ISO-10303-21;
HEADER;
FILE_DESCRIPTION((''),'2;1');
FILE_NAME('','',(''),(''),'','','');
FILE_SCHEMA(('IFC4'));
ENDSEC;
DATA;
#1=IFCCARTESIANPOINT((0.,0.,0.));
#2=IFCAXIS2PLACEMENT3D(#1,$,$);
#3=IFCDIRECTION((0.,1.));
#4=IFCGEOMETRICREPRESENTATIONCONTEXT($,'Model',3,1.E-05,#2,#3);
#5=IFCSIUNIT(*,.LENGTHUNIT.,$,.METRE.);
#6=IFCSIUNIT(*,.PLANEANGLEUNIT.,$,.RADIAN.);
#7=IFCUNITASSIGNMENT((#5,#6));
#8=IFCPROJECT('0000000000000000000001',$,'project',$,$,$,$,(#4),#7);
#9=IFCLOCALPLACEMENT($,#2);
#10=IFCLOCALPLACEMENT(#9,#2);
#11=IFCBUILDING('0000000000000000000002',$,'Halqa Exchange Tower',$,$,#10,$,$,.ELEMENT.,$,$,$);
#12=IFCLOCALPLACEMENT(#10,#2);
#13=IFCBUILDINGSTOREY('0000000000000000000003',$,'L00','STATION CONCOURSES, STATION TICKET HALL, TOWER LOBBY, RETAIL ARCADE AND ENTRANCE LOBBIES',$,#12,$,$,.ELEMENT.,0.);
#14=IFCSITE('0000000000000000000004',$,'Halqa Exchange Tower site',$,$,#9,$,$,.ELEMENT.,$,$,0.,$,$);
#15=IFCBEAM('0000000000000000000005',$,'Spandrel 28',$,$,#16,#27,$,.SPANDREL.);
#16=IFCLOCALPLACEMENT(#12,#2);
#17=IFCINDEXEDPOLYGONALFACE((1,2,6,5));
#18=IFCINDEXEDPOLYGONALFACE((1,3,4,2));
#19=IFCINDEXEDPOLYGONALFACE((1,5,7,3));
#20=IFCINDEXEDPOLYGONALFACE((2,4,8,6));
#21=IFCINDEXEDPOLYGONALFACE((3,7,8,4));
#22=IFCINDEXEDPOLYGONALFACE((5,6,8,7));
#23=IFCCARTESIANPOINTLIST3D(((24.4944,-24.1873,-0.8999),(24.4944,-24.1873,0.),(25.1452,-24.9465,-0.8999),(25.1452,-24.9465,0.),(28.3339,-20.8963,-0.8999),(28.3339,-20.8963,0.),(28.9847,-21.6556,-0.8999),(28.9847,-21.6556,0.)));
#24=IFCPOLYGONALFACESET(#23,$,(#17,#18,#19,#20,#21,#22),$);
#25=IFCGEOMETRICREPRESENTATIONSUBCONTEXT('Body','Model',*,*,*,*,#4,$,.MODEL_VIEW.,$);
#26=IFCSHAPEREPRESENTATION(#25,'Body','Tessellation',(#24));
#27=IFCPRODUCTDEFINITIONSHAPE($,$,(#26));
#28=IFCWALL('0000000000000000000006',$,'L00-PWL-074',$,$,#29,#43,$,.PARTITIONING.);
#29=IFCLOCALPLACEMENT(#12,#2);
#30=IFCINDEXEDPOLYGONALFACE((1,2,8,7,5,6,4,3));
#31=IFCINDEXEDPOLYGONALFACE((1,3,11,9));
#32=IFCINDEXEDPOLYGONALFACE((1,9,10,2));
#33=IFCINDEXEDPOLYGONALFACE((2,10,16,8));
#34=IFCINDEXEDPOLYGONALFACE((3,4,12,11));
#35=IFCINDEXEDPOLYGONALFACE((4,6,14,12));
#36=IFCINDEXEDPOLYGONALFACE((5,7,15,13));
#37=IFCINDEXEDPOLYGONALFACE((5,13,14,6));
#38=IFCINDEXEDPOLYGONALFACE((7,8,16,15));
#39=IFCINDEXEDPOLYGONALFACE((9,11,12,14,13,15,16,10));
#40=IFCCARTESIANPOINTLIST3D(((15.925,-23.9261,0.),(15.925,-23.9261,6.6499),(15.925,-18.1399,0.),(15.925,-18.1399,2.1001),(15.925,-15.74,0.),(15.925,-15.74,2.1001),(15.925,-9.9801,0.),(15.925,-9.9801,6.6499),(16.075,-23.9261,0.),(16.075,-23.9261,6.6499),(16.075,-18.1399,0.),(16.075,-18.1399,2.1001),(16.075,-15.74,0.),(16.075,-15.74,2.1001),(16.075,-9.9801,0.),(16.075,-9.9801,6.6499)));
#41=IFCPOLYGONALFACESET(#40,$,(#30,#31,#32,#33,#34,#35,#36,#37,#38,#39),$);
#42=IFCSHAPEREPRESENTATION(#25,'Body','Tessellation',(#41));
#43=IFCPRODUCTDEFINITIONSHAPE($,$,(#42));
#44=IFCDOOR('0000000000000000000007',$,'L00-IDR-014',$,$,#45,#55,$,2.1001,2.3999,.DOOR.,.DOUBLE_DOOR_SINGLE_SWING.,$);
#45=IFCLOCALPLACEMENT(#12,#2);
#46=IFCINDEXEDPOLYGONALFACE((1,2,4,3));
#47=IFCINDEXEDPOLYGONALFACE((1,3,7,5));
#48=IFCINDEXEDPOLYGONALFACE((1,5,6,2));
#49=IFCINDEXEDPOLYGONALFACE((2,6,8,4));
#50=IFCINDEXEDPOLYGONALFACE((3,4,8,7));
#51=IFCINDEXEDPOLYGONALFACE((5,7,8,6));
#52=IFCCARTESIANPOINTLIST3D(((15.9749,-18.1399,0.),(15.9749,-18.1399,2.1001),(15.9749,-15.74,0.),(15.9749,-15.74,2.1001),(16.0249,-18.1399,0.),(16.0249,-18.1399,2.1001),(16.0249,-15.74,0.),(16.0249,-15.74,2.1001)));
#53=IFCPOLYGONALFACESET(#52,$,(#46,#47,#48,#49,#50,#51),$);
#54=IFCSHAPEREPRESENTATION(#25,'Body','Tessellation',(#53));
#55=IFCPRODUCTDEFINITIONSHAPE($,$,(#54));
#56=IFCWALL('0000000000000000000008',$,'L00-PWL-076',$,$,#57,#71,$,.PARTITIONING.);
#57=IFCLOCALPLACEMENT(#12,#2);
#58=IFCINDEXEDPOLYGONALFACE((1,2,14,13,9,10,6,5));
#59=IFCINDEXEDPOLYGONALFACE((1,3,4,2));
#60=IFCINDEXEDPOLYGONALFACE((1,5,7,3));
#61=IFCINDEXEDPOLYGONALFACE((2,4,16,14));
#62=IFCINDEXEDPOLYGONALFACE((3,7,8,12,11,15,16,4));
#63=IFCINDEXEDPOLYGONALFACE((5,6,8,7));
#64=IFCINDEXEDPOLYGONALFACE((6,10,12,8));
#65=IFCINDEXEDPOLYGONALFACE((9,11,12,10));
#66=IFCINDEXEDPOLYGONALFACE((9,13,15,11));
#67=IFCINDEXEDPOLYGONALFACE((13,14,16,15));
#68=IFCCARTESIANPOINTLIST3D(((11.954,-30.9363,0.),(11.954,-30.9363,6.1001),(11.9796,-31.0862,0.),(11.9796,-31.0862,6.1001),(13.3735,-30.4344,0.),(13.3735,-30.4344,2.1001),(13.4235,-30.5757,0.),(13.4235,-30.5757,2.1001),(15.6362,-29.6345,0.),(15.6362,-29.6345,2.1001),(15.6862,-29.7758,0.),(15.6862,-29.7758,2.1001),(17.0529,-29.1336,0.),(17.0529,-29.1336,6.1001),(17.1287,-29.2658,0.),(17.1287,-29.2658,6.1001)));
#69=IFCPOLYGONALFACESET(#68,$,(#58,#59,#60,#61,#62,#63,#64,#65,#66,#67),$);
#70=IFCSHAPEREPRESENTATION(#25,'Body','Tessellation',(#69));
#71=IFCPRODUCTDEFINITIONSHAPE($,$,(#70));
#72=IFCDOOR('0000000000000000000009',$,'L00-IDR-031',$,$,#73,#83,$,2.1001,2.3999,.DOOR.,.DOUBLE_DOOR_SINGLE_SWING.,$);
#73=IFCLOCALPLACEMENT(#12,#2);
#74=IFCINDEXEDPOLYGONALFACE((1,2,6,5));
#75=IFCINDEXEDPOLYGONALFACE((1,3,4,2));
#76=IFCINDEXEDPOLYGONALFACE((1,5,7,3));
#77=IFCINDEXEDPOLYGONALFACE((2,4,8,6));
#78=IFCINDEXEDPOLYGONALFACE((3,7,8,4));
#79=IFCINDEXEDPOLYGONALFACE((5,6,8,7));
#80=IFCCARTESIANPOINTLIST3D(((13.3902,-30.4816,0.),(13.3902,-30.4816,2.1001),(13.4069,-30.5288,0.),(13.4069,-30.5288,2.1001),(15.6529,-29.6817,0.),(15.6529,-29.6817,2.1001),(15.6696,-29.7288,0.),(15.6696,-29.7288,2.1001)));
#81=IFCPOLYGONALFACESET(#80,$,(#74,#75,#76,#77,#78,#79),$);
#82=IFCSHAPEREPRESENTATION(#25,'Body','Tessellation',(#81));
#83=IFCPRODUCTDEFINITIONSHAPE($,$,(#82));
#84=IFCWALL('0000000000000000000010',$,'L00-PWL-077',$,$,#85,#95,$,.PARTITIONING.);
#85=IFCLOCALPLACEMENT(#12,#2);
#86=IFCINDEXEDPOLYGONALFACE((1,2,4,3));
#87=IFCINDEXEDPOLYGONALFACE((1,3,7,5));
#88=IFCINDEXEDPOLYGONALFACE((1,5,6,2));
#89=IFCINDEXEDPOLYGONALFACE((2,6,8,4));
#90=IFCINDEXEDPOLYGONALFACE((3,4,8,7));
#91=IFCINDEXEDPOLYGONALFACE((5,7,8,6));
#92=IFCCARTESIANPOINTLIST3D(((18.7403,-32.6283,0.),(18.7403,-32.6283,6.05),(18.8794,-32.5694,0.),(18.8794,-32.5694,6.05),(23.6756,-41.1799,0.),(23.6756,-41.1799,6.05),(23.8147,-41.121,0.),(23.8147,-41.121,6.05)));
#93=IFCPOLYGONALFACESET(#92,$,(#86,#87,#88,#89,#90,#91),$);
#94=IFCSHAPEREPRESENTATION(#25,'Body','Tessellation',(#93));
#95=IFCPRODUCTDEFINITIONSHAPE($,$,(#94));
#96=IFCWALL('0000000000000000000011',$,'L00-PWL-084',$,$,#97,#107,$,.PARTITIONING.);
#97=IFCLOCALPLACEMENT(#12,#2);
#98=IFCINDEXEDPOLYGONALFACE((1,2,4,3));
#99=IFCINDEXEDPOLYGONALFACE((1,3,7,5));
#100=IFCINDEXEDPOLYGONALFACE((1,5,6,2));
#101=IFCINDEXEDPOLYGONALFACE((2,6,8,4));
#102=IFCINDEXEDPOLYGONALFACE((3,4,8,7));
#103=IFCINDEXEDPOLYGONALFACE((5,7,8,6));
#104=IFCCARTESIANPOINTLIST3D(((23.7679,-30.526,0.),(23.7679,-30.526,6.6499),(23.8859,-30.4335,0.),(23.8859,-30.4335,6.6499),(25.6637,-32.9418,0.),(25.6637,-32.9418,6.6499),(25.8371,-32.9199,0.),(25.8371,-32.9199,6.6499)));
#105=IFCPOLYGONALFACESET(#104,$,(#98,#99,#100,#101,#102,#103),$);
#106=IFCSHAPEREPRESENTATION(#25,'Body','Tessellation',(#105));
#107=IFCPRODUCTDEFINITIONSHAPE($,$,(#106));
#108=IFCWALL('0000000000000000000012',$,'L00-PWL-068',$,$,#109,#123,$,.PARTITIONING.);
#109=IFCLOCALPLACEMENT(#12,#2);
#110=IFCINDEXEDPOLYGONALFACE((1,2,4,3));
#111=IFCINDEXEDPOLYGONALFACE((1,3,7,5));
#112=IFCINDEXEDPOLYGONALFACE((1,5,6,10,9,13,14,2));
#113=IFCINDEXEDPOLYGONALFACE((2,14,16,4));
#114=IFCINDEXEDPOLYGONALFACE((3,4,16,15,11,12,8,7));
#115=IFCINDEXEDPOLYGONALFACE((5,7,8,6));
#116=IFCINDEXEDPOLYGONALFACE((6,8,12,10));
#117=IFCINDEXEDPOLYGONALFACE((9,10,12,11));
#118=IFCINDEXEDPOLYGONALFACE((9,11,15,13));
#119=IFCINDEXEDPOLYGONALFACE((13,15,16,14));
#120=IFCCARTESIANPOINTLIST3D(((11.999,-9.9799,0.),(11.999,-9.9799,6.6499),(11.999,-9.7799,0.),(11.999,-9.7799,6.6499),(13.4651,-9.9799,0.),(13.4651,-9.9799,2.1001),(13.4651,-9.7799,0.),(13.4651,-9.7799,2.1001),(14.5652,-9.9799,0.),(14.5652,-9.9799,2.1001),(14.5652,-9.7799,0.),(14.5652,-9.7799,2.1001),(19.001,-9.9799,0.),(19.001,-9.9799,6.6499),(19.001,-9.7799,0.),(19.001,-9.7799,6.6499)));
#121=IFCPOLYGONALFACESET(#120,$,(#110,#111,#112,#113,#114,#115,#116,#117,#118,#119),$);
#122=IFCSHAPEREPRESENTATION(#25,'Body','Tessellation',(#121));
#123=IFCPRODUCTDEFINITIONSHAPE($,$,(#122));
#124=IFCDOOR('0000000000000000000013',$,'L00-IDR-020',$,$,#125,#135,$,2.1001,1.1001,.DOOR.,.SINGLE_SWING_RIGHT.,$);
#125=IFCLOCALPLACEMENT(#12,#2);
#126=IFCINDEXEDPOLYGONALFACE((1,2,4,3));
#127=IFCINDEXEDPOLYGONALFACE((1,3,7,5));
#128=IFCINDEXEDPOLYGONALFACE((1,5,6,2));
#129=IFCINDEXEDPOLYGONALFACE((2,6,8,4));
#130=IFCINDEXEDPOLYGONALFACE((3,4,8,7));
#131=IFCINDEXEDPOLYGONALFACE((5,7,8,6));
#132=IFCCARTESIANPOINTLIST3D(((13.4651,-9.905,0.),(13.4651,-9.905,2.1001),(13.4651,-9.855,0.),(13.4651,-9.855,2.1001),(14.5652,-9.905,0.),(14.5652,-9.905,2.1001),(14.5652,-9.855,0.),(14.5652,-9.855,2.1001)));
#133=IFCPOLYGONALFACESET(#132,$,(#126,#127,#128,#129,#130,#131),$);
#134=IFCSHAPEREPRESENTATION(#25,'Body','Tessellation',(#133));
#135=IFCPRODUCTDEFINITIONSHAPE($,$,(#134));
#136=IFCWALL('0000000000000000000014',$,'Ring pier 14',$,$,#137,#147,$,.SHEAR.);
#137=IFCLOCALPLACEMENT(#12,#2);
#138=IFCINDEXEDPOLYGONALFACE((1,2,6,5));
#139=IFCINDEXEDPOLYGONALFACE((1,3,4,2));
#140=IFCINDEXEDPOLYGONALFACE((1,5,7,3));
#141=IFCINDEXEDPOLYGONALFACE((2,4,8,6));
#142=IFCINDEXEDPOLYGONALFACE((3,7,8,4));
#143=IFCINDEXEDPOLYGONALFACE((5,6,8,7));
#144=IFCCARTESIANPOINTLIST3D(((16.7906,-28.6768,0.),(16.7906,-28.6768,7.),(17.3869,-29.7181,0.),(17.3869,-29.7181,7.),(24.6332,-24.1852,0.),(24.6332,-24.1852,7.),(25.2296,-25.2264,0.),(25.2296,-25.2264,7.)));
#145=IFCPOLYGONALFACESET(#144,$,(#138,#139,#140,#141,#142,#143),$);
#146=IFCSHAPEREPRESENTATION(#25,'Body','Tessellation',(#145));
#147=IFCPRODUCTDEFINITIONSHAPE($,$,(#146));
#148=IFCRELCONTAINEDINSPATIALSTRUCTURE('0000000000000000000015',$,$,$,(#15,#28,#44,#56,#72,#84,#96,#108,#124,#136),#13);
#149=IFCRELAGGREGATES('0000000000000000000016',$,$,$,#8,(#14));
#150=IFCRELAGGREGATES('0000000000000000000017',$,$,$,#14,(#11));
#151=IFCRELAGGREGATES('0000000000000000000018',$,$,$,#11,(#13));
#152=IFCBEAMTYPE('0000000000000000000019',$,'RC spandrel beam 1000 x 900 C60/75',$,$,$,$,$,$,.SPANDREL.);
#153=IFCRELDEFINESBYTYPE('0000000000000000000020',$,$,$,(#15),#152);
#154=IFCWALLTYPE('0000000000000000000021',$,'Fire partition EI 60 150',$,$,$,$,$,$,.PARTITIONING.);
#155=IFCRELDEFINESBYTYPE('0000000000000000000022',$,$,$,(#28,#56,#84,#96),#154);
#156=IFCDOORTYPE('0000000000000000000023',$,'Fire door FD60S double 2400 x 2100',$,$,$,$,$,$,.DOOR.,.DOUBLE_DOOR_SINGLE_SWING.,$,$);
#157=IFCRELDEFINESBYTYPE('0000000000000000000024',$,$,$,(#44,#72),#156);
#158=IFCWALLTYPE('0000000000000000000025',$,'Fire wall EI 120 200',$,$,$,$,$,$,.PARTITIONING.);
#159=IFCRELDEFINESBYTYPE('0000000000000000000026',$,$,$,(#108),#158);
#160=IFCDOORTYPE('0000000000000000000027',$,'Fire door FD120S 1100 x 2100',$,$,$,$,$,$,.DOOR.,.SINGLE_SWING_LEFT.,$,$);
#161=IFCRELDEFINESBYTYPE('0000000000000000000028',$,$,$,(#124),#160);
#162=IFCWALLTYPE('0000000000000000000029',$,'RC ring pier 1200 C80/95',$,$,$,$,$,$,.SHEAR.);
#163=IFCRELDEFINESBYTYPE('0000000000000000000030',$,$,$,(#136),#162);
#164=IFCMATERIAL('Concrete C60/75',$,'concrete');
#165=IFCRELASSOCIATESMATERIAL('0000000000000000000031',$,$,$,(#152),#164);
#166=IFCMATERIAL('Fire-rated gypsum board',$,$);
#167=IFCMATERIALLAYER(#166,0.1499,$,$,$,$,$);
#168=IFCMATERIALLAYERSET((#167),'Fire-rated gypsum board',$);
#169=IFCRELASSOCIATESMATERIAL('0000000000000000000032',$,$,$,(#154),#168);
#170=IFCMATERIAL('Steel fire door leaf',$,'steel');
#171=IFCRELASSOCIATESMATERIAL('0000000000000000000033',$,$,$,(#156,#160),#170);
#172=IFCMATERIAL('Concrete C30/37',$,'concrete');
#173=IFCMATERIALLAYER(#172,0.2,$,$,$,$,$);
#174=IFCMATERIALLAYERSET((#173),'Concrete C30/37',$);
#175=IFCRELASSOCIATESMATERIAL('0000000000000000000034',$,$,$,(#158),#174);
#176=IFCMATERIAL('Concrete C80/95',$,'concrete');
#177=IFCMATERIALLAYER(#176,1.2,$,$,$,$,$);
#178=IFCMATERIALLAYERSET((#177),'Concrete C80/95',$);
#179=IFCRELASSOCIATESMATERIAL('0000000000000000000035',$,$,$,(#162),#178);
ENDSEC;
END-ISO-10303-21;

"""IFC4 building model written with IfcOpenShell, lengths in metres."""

from ifc_helpers import new_model, si_unit, direction, frame, frame_2d, origin, origin_2d, place, context, subcontext, project, spatial, polyline, rectangle, outline, extrude, material, layer, layer_set, material_profile, profile_set, type_object, element, fill, save


model = new_model("IFC4")

# Units and contexts
model_context = context("Model", 3, precision=1e-05, world=origin(), true_north=direction((0.0, 1.0)))
body_context = subcontext(model_context, "Body", "Model", "MODEL_VIEW")
ifc_project = project(units=[si_unit("LENGTHUNIT", "METRE"), si_unit("PLANEANGLEUNIT", "RADIAN")], contexts=[model_context])

# Site, building, storey
site_placement = place(None, origin())
site = spatial("IfcSite", under=ifc_project, at=site_placement, Name="Halqa Exchange Tower site", CompositionType="ELEMENT", RefElevation=0.0)
building_placement = place(site_placement, origin())
building = spatial("IfcBuilding", under=site, at=building_placement, Name="Halqa Exchange Tower", CompositionType="ELEMENT")
storey_placement = place(building_placement, origin())
storey = spatial("IfcBuildingStorey", under=building, at=storey_placement, Name="L00", Description="STATION CONCOURSES, STATION TICKET HALL, TOWER LOBBY, RETAIL ARCADE AND ENTRANCE LOBBIES", CompositionType="ELEMENT", Elevation=0.0)

# Beam
ifc_material_1 = material(Name="Concrete C60/75", Category="concrete")
ifc_material_profile_1 = material_profile(ifc_material_1, rectangle(XDim=1.0, YDim=0.8999, at=origin_2d()), Name="1000 x 900")
ifc_profile_set_1 = profile_set([ifc_material_profile_1], Name="Concrete C60/75")
beam_type_1 = type_object("IfcBeamType", Name="RC spandrel beam 1000 x 900 C60/75", PredefinedType="SPANDREL", material=ifc_profile_set_1)
beam_1_placement = place(storey_placement, frame((24.8198, -24.5669, -0.45), z_axis=(0.759263, 0.650783, 0.0), x_axis=(-0.650783, 0.759263, 0.0)))
element("IfcBeam", 1, at=beam_1_placement, inside=storey, type_object=beam_type_1, Name="Spandrel 28", PredefinedType="SPANDREL", context=body_context, shape_type="SweptSolid", body=[
    extrude(rectangle(XDim=1.0, YDim=0.8999, at=origin_2d()), origin(), (0.0, 0.0, 1.0), 5.0569),
])

# Walls, openings, doors
ifc_material_2 = material(Name="Fire-rated gypsum board")
ifc_layer_1 = layer(ifc_material_2, 0.1499)
ifc_layer_set_1 = layer_set([ifc_layer_1], Name="Fire-rated gypsum board")
wall_type_1 = type_object("IfcWallType", Name="Fire partition EI 60 150", PredefinedType="PARTITIONING", material=ifc_layer_set_1)
wall_1_placement = place(storey_placement, frame((16.0, -9.98, 0.0), z_axis=(0.0, 0.0, 1.0), x_axis=(0.0, -1.0, 0.0)))
wall_1 = element("IfcWall", 2, at=wall_1_placement, inside=storey, type_object=wall_type_1, Name="L00-PWL-074", PredefinedType="PARTITIONING", context=body_context, shape_type="SweptSolid", body=[
    extrude(rectangle(XDim=13.946, YDim=0.1499, at=frame_2d((6.9731, 0.0))), origin(), (0.0, 0.0, 1.0), 6.6499),
])
opening_1_placement = place(wall_1_placement, frame((5.76, 0.0, 0.0)))
opening_1 = element("IfcOpeningElement", 3, at=opening_1_placement, cuts=wall_1, PredefinedType="OPENING", context=body_context, shape_type="SweptSolid", body=[
    extrude(rectangle(XDim=2.3999, YDim=2.1001, at=frame_2d((1.2, 1.05))), frame((0.0, 0.0869, 0.0), z_axis=(0.0, -1.0, 0.0), x_axis=(1.0, 0.0, 0.0)), (0.0, 0.0, 1.0), 0.1738),
])
ifc_material_3 = material(Name="Steel fire door leaf", Category="steel")
door_type_1 = type_object("IfcDoorType", Name="Fire door FD60S double 2400 x 2100", OperationType="DOUBLE_DOOR_SINGLE_SWING", PredefinedType="DOOR", material=ifc_material_3)
door_1_placement = place(opening_1_placement, origin())
door_1 = element("IfcDoor", 4, at=door_1_placement, inside=storey, type_object=door_type_1, Name="L00-IDR-014", OperationType="DOUBLE_DOOR_SINGLE_SWING", OverallHeight=2.1001, OverallWidth=2.3999, PredefinedType="DOOR", context=body_context, shape_type="SweptSolid", body=[
    extrude(rectangle(XDim=2.3999, YDim=2.1001, at=frame_2d((1.2, 1.05))), frame((0.0, 0.0249, 0.0), z_axis=(0.0, -1.0, 0.0), x_axis=(1.0, 0.0, 0.0)), (0.0, 0.0, 1.0), 0.05),
])
fill(opening_1, door_1)
wall_2_placement = place(storey_placement, frame((17.0908, -29.1997, 0.0), z_axis=(0.0, 0.0, 1.0), x_axis=(-0.942814, -0.333318, 0.0)))
wall_2 = element("IfcWall", 5, at=wall_2_placement, inside=storey, type_object=wall_type_1, Name="L00-PWL-076", PredefinedType="PARTITIONING", context=body_context, shape_type="SweptSolid", body=[
    extrude(outline(polyline([(0.0137, -0.075), (5.4219, -0.075), (5.4478, 0.075), (-0.0137, 0.075), (0.0137, -0.075)])), origin(), (0.0, 0.0, 1.0), 6.1001),
])
opening_2_placement = place(wall_2_placement, frame((1.5164, 0.0, 0.0)))
opening_2 = element("IfcOpeningElement", 6, at=opening_2_placement, cuts=wall_2, PredefinedType="OPENING", context=body_context, shape_type="SweptSolid", body=[
    extrude(rectangle(XDim=2.3999, YDim=2.1001, at=frame_2d((1.2, 1.05))), frame((0.0, 0.0869, 0.0), z_axis=(0.0, -1.0, 0.0), x_axis=(1.0, 0.0, 0.0)), (0.0, 0.0, 1.0), 0.1738),
])
door_2_placement = place(opening_2_placement, frame((2.3999, 0.0, 0.0), z_axis=(0.0, 0.0, 1.0), x_axis=(-1.0, 0.0, 0.0)))
door_2 = element("IfcDoor", 7, at=door_2_placement, inside=storey, type_object=door_type_1, Name="L00-IDR-031", OperationType="DOUBLE_DOOR_SINGLE_SWING", OverallHeight=2.1001, OverallWidth=2.3999, PredefinedType="DOOR", context=body_context, shape_type="SweptSolid", body=[
    extrude(rectangle(XDim=2.3999, YDim=2.1001, at=frame_2d((1.2, 1.05))), frame((0.0, 0.0249, 0.0), z_axis=(0.0, -1.0, 0.0), x_axis=(1.0, 0.0, 0.0)), (0.0, 0.0, 1.0), 0.05),
])
fill(opening_2, door_2)

# Walls
wall_3_placement = place(storey_placement, frame((18.8098, -32.5989, 0.0), z_axis=(0.0, 0.0, 1.0), x_axis=(0.499854, -0.866109, 0.0)))
element("IfcWall", 8, at=wall_3_placement, inside=storey, type_object=wall_type_1, Name="L00-PWL-077", PredefinedType="PARTITIONING", context=body_context, shape_type="SweptSolid", body=[
    extrude(outline(polyline([(-0.0093, -0.075), (9.8643, -0.075), (9.8828, 0.075), (0.0093, 0.075), (-0.0093, -0.075)])), origin(), (0.0, 0.0, 1.0), 6.05),
])
wall_4_placement = place(storey_placement, frame((23.8269, -30.4797, 0.0), z_axis=(0.0, 0.0, 1.0), x_axis=(0.617358, -0.786683, 0.0)))
element("IfcWall", 9, at=wall_4_placement, inside=storey, type_object=wall_type_1, Name="L00-PWL-084", PredefinedType="PARTITIONING", context=body_context, shape_type="SweptSolid", body=[
    extrude(outline(polyline([(0.0, -0.075), (3.0708, -0.075), (3.1606, 0.075), (0.0, 0.075), (0.0, -0.075)])), origin(), (0.0, 0.0, 1.0), 6.6499),
])

# Wall, opening, door
ifc_material_4 = material(Name="Concrete C30/37", Category="concrete")
ifc_layer_2 = layer(ifc_material_4, 0.2)
ifc_layer_set_2 = layer_set([ifc_layer_2], Name="Concrete C30/37")
wall_type_2 = type_object("IfcWallType", Name="Fire wall EI 120 200", PredefinedType="PARTITIONING", material=ifc_layer_set_2)
wall_5_placement = place(storey_placement, frame((11.999, -9.8799, 0.0), z_axis=(0.0, 0.0, 1.0), x_axis=(1.0, 0.0, 0.0)))
wall_5 = element("IfcWall", 10, at=wall_5_placement, inside=storey, type_object=wall_type_2, Name="L00-PWL-068", PredefinedType="PARTITIONING", context=body_context, shape_type="SweptSolid", body=[
    extrude(rectangle(XDim=7.002, YDim=0.2, at=frame_2d((3.501, 0.0))), origin(), (0.0, 0.0, 1.0), 6.6499),
])
opening_3_placement = place(wall_5_placement, frame((1.4661, 0.0, 0.0)))
opening_3 = element("IfcOpeningElement", 11, at=opening_3_placement, cuts=wall_5, PredefinedType="OPENING", context=body_context, shape_type="SweptSolid", body=[
    extrude(rectangle(XDim=1.1001, YDim=2.1001, at=frame_2d((0.55, 1.05))), frame((0.0, 0.1121, 0.0), z_axis=(0.0, -1.0, 0.0), x_axis=(1.0, 0.0, 0.0)), (0.0, 0.0, 1.0), 0.2239),
])
door_type_2 = type_object("IfcDoorType", Name="Fire door FD120S 1100 x 2100", OperationType="SINGLE_SWING_LEFT", PredefinedType="DOOR", material=ifc_material_3)
door_3_placement = place(opening_3_placement, origin())
door_3 = element("IfcDoor", 12, at=door_3_placement, inside=storey, type_object=door_type_2, Name="L00-IDR-020", OperationType="SINGLE_SWING_RIGHT", OverallHeight=2.1001, OverallWidth=1.1001, PredefinedType="DOOR", context=body_context, shape_type="SweptSolid", body=[
    extrude(rectangle(XDim=1.1001, YDim=2.1001, at=frame_2d((0.55, 1.05))), frame((0.0, 0.0249, 0.0), z_axis=(0.0, -1.0, 0.0), x_axis=(1.0, 0.0, 0.0)), (0.0, 0.0, 1.0), 0.05),
])
fill(opening_3, door_3)

# Wall
ifc_material_5 = material(Name="Concrete C80/95", Category="concrete")
ifc_layer_3 = layer(ifc_material_5, 1.2)
ifc_layer_set_3 = layer_set([ifc_layer_3], Name="Concrete C80/95")
wall_type_3 = type_object("IfcWallType", Name="RC ring pier 1200 C80/95", PredefinedType="SHEAR", material=ifc_layer_set_3)
wall_6_placement = place(storey_placement, frame((17.0886, -29.1975, 0.0), z_axis=(0.0, 0.0, 1.0), x_axis=(0.867761, 0.496982, 0.0)))
element("IfcWall", 13, at=wall_6_placement, inside=storey, type_object=wall_type_3, Name="Ring pier 14", PredefinedType="SHEAR", context=body_context, shape_type="SweptSolid", body=[
    extrude(rectangle(XDim=9.0378, YDim=1.2, at=frame_2d((4.519, 0.0))), origin(), (0.0, 0.0, 1.0), 7.0),
])

save(model, "model.ifc")
